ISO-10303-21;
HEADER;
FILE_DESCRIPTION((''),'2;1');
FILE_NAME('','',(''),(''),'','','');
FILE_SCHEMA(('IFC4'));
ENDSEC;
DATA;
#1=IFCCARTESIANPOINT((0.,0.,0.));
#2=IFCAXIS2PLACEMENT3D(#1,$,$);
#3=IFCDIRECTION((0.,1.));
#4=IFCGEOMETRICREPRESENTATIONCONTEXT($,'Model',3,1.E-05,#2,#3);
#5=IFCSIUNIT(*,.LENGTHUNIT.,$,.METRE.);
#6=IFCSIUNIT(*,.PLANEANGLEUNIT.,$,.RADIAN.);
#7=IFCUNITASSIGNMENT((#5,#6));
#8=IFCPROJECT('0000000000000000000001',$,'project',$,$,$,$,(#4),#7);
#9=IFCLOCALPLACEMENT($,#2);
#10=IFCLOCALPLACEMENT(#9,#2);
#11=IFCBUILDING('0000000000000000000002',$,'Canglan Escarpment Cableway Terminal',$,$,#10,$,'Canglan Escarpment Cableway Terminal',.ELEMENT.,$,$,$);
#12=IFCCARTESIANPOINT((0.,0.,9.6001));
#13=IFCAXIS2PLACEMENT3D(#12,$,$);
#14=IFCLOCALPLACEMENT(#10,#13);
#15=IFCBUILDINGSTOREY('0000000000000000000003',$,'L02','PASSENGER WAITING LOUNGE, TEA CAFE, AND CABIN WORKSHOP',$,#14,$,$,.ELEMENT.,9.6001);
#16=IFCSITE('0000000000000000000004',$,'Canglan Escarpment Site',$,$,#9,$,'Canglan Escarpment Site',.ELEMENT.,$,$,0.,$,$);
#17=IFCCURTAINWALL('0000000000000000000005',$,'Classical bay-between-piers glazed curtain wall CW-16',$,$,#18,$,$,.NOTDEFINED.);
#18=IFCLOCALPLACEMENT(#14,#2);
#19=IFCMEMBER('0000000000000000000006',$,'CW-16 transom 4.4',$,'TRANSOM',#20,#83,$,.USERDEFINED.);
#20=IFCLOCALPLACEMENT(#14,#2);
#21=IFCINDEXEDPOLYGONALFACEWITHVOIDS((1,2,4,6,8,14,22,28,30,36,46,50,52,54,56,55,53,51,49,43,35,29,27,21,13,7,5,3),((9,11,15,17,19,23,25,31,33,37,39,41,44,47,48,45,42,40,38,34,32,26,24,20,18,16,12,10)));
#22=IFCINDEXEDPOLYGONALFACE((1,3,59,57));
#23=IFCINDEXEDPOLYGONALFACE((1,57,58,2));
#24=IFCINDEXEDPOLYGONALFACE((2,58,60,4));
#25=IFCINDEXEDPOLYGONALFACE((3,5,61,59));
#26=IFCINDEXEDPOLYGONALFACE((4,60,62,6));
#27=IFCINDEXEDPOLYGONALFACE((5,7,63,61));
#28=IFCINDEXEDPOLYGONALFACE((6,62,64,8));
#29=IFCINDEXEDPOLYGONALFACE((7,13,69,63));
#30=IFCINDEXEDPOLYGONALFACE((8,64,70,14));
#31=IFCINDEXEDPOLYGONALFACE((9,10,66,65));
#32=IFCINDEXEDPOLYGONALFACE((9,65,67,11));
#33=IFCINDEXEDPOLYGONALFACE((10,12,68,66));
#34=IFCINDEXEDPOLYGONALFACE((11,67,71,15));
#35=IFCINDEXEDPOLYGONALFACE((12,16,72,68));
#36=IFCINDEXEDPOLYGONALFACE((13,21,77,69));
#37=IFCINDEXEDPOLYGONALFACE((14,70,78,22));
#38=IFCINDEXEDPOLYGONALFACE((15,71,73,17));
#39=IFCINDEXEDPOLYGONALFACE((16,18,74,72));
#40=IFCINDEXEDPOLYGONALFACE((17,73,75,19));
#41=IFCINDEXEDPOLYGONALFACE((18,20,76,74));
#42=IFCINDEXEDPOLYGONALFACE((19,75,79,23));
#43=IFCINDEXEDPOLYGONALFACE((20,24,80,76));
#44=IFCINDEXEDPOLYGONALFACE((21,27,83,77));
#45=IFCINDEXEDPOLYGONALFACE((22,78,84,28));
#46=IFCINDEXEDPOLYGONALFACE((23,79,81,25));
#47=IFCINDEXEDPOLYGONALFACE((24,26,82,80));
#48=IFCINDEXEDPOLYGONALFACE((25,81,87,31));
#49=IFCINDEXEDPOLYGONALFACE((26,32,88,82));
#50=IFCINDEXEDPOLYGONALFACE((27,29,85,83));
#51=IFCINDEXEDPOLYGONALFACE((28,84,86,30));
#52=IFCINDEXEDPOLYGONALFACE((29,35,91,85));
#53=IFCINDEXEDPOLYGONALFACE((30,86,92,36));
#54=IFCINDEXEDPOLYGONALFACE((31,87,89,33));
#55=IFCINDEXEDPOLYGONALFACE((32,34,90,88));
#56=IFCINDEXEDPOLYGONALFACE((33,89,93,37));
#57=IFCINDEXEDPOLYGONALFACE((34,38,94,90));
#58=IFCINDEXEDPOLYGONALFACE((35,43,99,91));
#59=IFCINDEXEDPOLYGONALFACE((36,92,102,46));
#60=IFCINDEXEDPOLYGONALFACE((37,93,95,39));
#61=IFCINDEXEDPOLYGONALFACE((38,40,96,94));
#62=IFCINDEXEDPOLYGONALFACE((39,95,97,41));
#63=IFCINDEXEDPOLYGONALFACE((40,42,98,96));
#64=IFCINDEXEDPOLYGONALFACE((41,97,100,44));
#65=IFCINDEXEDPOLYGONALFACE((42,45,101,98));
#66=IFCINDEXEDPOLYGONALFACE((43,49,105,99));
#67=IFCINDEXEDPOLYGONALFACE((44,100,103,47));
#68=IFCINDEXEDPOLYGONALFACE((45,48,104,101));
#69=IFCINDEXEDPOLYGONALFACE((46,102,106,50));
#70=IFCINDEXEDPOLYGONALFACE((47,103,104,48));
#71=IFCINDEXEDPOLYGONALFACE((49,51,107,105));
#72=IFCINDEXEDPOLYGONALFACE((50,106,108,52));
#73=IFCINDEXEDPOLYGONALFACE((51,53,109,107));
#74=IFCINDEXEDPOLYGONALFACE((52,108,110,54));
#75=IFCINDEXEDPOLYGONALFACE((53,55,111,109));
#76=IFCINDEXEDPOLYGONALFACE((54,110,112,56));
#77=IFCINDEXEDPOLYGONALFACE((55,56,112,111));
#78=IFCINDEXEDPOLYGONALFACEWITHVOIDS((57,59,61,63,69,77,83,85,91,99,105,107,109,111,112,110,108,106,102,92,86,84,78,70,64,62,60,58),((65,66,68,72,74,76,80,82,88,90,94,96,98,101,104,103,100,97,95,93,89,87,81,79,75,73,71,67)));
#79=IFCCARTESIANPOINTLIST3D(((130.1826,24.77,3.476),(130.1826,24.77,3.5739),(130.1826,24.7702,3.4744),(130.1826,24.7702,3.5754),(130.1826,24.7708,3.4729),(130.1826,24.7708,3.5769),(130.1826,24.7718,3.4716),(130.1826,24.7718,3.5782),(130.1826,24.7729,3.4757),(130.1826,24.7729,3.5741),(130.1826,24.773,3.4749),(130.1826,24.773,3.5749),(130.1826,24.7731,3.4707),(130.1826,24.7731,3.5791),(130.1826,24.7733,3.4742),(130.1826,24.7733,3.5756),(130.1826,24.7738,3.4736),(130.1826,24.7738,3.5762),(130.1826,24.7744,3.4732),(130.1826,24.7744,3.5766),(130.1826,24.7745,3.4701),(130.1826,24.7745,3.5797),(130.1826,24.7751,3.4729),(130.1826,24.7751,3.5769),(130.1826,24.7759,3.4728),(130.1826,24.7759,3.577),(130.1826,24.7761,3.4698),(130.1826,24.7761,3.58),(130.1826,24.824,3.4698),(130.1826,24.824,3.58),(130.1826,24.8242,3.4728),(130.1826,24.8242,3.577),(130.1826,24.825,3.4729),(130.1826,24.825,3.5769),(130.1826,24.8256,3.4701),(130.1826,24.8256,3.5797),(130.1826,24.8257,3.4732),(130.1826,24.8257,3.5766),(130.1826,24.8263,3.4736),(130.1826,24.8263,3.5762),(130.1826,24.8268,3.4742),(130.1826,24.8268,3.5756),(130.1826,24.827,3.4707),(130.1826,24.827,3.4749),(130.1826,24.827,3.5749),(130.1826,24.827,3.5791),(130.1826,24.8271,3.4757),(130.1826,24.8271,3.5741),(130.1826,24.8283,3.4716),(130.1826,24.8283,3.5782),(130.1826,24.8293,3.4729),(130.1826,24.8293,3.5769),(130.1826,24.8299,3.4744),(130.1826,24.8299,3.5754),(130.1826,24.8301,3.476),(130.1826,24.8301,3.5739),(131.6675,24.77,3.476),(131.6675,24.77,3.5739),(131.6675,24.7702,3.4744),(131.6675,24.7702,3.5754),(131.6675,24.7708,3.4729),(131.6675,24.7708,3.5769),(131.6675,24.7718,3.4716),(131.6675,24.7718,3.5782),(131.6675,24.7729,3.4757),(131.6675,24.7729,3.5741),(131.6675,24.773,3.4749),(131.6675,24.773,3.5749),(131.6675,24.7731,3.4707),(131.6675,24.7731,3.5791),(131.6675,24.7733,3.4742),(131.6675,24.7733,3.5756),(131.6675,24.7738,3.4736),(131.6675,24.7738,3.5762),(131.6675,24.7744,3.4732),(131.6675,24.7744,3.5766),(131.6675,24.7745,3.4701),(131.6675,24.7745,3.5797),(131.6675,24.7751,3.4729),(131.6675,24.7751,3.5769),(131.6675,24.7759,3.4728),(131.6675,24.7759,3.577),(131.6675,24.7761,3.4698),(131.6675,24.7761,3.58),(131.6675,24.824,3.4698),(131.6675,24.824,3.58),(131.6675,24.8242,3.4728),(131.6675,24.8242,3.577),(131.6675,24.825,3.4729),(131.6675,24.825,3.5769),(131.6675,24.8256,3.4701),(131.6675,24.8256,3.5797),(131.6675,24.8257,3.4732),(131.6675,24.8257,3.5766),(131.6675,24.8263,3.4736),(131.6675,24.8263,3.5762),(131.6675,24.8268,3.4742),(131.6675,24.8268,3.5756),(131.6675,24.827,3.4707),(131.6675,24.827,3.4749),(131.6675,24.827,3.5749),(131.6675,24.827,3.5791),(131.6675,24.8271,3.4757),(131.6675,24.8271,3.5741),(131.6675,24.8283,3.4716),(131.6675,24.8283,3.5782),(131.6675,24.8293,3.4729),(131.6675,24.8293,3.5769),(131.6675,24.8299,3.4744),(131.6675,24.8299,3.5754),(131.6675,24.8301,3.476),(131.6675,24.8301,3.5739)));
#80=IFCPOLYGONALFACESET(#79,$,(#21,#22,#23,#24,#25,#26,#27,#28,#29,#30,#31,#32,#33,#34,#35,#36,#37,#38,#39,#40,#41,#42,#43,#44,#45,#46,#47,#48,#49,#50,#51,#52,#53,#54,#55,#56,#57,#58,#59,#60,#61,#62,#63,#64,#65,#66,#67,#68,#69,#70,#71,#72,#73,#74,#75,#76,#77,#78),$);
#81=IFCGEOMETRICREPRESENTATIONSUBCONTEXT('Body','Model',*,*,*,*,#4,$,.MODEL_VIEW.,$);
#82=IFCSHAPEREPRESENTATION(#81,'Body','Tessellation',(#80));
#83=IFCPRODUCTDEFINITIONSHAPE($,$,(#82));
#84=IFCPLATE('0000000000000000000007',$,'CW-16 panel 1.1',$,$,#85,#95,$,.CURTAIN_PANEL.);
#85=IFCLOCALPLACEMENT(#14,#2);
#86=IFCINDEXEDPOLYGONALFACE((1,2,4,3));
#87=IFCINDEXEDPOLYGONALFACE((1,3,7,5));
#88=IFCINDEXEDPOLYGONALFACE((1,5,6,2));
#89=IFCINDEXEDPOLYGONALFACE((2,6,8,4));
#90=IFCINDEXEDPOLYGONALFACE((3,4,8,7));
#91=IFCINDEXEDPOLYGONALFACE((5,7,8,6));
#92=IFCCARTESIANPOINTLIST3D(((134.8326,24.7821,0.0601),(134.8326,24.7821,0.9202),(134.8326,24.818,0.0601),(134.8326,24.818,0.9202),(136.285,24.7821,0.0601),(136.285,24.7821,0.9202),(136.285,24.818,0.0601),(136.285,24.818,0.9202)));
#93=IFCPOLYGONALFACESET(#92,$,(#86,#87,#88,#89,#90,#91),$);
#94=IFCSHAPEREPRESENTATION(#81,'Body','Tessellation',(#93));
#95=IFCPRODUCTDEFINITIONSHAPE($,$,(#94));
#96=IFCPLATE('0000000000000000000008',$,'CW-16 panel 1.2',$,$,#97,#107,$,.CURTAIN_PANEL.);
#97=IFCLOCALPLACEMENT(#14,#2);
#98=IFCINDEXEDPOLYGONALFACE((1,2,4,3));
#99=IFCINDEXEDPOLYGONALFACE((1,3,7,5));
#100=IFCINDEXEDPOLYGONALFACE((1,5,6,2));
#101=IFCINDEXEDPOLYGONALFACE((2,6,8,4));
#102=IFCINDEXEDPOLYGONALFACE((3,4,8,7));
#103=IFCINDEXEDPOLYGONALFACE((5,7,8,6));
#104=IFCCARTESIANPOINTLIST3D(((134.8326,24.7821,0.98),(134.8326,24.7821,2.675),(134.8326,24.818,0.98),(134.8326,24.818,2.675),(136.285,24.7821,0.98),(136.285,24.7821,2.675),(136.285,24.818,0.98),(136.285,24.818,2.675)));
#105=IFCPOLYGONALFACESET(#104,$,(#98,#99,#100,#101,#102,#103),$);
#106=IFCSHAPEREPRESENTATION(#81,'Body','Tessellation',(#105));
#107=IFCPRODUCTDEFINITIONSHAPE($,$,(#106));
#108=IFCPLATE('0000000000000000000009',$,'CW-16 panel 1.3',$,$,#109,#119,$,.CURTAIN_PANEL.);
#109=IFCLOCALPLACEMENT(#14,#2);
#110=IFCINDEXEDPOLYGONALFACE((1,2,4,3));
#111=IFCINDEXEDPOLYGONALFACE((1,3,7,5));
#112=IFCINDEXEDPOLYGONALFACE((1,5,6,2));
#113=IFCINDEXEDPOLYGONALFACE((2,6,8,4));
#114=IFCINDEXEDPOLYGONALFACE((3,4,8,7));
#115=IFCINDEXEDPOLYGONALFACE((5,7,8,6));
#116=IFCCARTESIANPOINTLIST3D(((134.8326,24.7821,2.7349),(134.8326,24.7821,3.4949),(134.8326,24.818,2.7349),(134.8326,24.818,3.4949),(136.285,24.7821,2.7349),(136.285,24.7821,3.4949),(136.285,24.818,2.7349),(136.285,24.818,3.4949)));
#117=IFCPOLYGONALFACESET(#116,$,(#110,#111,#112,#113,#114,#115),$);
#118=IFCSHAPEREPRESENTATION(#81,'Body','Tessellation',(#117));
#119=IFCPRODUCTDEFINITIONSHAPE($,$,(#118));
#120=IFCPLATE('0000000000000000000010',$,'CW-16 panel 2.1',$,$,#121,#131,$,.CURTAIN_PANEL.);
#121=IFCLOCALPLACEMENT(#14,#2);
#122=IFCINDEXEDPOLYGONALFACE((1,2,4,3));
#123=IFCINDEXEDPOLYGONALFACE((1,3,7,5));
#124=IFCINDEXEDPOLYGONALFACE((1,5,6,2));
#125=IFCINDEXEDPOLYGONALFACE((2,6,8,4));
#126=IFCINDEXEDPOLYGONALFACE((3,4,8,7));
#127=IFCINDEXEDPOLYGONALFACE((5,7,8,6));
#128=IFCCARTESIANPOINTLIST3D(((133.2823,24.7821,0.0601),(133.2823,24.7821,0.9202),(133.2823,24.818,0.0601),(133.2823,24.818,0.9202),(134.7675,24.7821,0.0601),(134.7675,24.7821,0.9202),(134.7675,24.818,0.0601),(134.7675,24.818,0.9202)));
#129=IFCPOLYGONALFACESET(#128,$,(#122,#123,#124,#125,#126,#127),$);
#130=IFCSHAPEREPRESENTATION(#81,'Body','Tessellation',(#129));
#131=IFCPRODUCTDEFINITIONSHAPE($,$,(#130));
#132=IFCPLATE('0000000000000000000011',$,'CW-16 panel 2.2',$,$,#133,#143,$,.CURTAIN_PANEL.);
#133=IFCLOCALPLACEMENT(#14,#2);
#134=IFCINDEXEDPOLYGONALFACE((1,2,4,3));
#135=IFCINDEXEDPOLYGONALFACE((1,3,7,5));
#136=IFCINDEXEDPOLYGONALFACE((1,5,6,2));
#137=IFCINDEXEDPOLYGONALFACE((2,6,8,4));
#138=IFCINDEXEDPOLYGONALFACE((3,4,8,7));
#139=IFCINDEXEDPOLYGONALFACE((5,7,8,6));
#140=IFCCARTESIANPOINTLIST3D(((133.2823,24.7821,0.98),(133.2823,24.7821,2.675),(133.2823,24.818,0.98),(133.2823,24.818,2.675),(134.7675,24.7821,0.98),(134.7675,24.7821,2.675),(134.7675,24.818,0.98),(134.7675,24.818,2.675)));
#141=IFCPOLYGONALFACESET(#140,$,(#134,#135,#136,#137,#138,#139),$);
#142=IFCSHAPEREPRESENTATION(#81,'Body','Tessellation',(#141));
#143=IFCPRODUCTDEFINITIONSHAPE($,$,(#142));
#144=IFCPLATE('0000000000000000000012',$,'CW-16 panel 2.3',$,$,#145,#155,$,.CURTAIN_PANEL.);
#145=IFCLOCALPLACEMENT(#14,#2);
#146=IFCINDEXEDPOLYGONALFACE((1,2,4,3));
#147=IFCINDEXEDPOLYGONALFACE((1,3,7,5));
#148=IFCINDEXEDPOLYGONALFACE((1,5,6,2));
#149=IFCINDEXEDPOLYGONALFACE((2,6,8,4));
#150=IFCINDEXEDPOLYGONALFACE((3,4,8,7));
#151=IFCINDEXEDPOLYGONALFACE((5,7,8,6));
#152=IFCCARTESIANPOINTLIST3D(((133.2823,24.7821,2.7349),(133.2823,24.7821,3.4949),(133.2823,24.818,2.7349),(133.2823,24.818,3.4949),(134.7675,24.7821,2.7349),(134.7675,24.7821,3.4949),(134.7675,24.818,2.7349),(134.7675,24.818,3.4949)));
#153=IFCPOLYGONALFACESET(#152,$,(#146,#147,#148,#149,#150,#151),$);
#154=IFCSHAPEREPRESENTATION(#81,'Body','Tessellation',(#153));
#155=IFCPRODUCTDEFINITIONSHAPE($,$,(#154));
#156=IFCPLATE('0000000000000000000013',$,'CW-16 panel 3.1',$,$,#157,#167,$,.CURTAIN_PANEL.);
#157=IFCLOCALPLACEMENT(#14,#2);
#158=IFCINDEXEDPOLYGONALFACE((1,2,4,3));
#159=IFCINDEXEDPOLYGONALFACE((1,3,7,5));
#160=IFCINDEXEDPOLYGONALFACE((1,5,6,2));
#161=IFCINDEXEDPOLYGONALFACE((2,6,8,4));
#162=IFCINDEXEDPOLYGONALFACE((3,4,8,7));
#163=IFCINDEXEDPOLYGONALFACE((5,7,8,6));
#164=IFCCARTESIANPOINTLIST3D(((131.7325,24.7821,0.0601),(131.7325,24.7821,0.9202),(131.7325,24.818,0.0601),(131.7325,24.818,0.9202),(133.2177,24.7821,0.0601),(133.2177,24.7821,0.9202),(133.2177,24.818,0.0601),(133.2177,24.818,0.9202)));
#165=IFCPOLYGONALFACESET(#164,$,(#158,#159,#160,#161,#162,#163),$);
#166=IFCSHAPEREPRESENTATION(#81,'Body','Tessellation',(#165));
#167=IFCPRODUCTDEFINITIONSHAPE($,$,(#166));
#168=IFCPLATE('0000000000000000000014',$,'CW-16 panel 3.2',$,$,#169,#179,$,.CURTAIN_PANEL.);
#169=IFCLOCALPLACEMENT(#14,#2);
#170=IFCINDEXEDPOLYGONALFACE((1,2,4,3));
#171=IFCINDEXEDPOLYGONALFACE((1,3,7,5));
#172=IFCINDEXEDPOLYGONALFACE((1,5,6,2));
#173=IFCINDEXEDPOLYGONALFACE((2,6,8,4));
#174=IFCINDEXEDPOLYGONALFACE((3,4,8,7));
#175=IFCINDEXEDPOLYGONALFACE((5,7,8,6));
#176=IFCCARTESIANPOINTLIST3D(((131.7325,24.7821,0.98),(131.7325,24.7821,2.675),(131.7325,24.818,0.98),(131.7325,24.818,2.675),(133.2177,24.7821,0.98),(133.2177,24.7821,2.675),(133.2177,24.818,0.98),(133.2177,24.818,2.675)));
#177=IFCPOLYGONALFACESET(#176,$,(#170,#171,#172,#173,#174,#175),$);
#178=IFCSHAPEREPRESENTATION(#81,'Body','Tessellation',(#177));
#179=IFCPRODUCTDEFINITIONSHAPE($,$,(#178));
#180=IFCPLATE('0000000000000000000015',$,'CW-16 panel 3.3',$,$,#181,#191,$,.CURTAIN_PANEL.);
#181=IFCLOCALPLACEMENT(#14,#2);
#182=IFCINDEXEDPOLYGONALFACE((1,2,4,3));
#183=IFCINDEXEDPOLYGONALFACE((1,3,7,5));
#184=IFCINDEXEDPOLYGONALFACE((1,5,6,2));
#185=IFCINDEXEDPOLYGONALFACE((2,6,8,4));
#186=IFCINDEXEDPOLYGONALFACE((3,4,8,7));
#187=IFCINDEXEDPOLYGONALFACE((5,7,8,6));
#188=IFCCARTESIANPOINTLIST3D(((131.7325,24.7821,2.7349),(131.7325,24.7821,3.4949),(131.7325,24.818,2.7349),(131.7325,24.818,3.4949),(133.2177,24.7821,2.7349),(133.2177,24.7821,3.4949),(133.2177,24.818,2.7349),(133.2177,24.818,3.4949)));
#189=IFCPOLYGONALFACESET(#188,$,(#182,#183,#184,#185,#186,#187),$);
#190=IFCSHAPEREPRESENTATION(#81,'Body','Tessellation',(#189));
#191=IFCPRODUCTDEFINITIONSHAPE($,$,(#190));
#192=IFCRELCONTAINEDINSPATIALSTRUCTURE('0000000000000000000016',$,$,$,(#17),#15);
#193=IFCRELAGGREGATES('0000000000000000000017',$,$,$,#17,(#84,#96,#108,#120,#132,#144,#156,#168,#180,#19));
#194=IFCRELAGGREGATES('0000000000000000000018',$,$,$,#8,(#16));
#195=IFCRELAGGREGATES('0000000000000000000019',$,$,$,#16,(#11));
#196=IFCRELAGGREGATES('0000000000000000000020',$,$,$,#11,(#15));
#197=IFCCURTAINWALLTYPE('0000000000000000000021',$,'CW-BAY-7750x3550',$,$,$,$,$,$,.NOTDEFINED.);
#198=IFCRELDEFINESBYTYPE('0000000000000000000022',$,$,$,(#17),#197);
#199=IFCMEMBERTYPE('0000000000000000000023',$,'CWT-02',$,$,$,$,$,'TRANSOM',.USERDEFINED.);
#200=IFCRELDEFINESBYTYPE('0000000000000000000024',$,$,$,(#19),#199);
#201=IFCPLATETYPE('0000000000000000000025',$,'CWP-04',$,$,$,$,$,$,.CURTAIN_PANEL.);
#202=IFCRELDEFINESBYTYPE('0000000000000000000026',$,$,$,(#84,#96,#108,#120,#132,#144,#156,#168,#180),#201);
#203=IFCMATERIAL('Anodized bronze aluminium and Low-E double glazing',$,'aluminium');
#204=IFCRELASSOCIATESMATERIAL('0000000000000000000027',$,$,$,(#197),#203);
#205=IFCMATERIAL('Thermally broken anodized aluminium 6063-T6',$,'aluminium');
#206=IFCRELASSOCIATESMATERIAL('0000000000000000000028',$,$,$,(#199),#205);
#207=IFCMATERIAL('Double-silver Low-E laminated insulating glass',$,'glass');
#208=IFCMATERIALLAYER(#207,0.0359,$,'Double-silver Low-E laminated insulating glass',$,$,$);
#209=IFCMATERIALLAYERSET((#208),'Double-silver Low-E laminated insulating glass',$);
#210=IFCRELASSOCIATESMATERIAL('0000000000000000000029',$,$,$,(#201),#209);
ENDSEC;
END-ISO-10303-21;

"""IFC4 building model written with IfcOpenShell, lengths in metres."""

from ifc_helpers import new_model, si_unit, direction, frame, origin, origin_2d, place, context, subcontext, project, spatial, rectangle, hollow_rectangle, extrude, material, layer, layer_set, material_profile, profile_set, type_object, element, aggregate, save


model = new_model("IFC4")

# Units and contexts
model_context = context("Model", 3, precision=1e-05, world=origin(), true_north=direction((0.0, 1.0)))
body_context = subcontext(model_context, "Body", "Model", "MODEL_VIEW")
ifc_project = project(units=[si_unit("LENGTHUNIT", "METRE"), si_unit("PLANEANGLEUNIT", "RADIAN")], contexts=[model_context])

# Site, building, storey
site_placement = place(None, origin())
site = spatial("IfcSite", under=ifc_project, at=site_placement, Name="Canglan Escarpment Site", LongName="Canglan Escarpment Site", CompositionType="ELEMENT", RefElevation=0.0)
building_placement = place(site_placement, origin())
building = spatial("IfcBuilding", under=site, at=building_placement, Name="Canglan Escarpment Cableway Terminal", LongName="Canglan Escarpment Cableway Terminal", CompositionType="ELEMENT")
storey_placement = place(building_placement, frame((0.0, 0.0, 9.6001)))
storey = spatial("IfcBuildingStorey", under=building, at=storey_placement, Name="L02", Description="PASSENGER WAITING LOUNGE, TEA CAFE, AND CABIN WORKSHOP", CompositionType="ELEMENT", Elevation=9.6001)

# Curtain wall, member, plates
ifc_material_1 = material(Name="Anodized bronze aluminium and Low-E double glazing", Category="aluminium")
curtain_wall_type = type_object("IfcCurtainWallType", Name="CW-BAY-7750x3550", PredefinedType="NOTDEFINED", material=ifc_material_1)
curtain_wall_placement = place(storey_placement, origin())
curtain_wall = element("IfcCurtainWall", 1, at=curtain_wall_placement, inside=storey, type_object=curtain_wall_type, Name="Classical bay-between-piers glazed curtain wall CW-16", PredefinedType="NOTDEFINED")
ifc_material_2 = material(Name="Thermally broken anodized aluminium 6063-T6", Category="aluminium")
ifc_material_profile_1 = material_profile(ifc_material_2, hollow_rectangle(XDim=0.0601, YDim=0.1101, WallThickness=0.0029, InnerFilletRadius=0.0029, OuterFilletRadius=0.0061, at=origin_2d()), Name="ALU-TRAN 60x110x3")
ifc_profile_set_1 = profile_set([ifc_material_profile_1], Name="Thermally broken anodized aluminium 6063-T6")
member_type_1 = type_object("IfcMemberType", Name="CWT-02", ElementType="TRANSOM", PredefinedType="USERDEFINED", material=ifc_profile_set_1)
member_1_placement = place(storey_placement, frame((131.6675, 24.8, 3.5249), z_axis=(-1.0, 0.0, 0.0), x_axis=(0.0, -1.0, 0.0)))
member_1 = element("IfcMember", 2, at=member_1_placement, type_object=member_type_1, Name="CW-16 transom 4.4", ObjectType="TRANSOM", PredefinedType="USERDEFINED", context=body_context, shape_type="SweptSolid", body=[
    extrude(hollow_rectangle(XDim=0.0601, YDim=0.1101, WallThickness=0.0029, InnerFilletRadius=0.0029, OuterFilletRadius=0.0061, at=origin_2d()), origin(), (0.0, 0.0, 1.0), 1.4849),
])
ifc_material_3 = material(Name="Double-silver Low-E laminated insulating glass", Category="glass")
ifc_layer_1 = layer(ifc_material_3, 0.0359, Name="Double-silver Low-E laminated insulating glass")
ifc_layer_set_1 = layer_set([ifc_layer_1], Name="Double-silver Low-E laminated insulating glass")
plate_type = type_object("IfcPlateType", Name="CWP-04", PredefinedType="CURTAIN_PANEL", material=ifc_layer_set_1)
plate_1_placement = place(storey_placement, frame((135.5588, 24.8, 0.0601), z_axis=(0.0, 0.0, 1.0), x_axis=(-1.0, 0.0, 0.0)))
plate_1 = element("IfcPlate", 3, at=plate_1_placement, type_object=plate_type, Name="CW-16 panel 1.1", PredefinedType="CURTAIN_PANEL", context=body_context, shape_type="SweptSolid", body=[
    extrude(rectangle(XDim=1.4524, YDim=0.0359, at=origin_2d()), origin(), (0.0, 0.0, 1.0), 0.8601),
])
plate_2_placement = place(storey_placement, frame((135.5588, 24.8, 0.98), z_axis=(0.0, 0.0, 1.0), x_axis=(-1.0, 0.0, 0.0)))
plate_2 = element("IfcPlate", 4, at=plate_2_placement, type_object=plate_type, Name="CW-16 panel 1.2", PredefinedType="CURTAIN_PANEL", context=body_context, shape_type="SweptSolid", body=[
    extrude(rectangle(XDim=1.4524, YDim=0.0359, at=origin_2d()), origin(), (0.0, 0.0, 1.0), 1.6951),
])
plate_3_placement = place(storey_placement, frame((135.5588, 24.8, 2.7349), z_axis=(0.0, 0.0, 1.0), x_axis=(-1.0, 0.0, 0.0)))
plate_3 = element("IfcPlate", 5, at=plate_3_placement, type_object=plate_type, Name="CW-16 panel 1.3", PredefinedType="CURTAIN_PANEL", context=body_context, shape_type="SweptSolid", body=[
    extrude(rectangle(XDim=1.4524, YDim=0.0359, at=origin_2d()), origin(), (0.0, 0.0, 1.0), 0.76),
])
plate_4_placement = place(storey_placement, frame((134.0249, 24.8, 0.0601), z_axis=(0.0, 0.0, 1.0), x_axis=(-1.0, 0.0, 0.0)))
plate_4 = element("IfcPlate", 6, at=plate_4_placement, type_object=plate_type, Name="CW-16 panel 2.1", PredefinedType="CURTAIN_PANEL", context=body_context, shape_type="SweptSolid", body=[
    extrude(rectangle(XDim=1.4851, YDim=0.0359, at=origin_2d()), origin(), (0.0, 0.0, 1.0), 0.8601),
])
plate_5_placement = place(storey_placement, frame((134.0249, 24.8, 0.98), z_axis=(0.0, 0.0, 1.0), x_axis=(-1.0, 0.0, 0.0)))
plate_5 = element("IfcPlate", 7, at=plate_5_placement, type_object=plate_type, Name="CW-16 panel 2.2", PredefinedType="CURTAIN_PANEL", context=body_context, shape_type="SweptSolid", body=[
    extrude(rectangle(XDim=1.4851, YDim=0.0359, at=origin_2d()), origin(), (0.0, 0.0, 1.0), 1.6951),
])
plate_6_placement = place(storey_placement, frame((134.0249, 24.8, 2.7349), z_axis=(0.0, 0.0, 1.0), x_axis=(-1.0, 0.0, 0.0)))
plate_6 = element("IfcPlate", 8, at=plate_6_placement, type_object=plate_type, Name="CW-16 panel 2.3", PredefinedType="CURTAIN_PANEL", context=body_context, shape_type="SweptSolid", body=[
    extrude(rectangle(XDim=1.4851, YDim=0.0359, at=origin_2d()), origin(), (0.0, 0.0, 1.0), 0.76),
])
plate_7_placement = place(storey_placement, frame((132.4751, 24.8, 0.0601), z_axis=(0.0, 0.0, 1.0), x_axis=(-1.0, 0.0, 0.0)))
plate_7 = element("IfcPlate", 9, at=plate_7_placement, type_object=plate_type, Name="CW-16 panel 3.1", PredefinedType="CURTAIN_PANEL", context=body_context, shape_type="SweptSolid", body=[
    extrude(rectangle(XDim=1.4851, YDim=0.0359, at=origin_2d()), origin(), (0.0, 0.0, 1.0), 0.8601),
])
plate_8_placement = place(storey_placement, frame((132.4751, 24.8, 0.98), z_axis=(0.0, 0.0, 1.0), x_axis=(-1.0, 0.0, 0.0)))
plate_8 = element("IfcPlate", 10, at=plate_8_placement, type_object=plate_type, Name="CW-16 panel 3.2", PredefinedType="CURTAIN_PANEL", context=body_context, shape_type="SweptSolid", body=[
    extrude(rectangle(XDim=1.4851, YDim=0.0359, at=origin_2d()), origin(), (0.0, 0.0, 1.0), 1.6951),
])
plate_9_placement = place(storey_placement, frame((132.4751, 24.8, 2.7349), z_axis=(0.0, 0.0, 1.0), x_axis=(-1.0, 0.0, 0.0)))
plate_9 = element("IfcPlate", 11, at=plate_9_placement, type_object=plate_type, Name="CW-16 panel 3.3", PredefinedType="CURTAIN_PANEL", context=body_context, shape_type="SweptSolid", body=[
    extrude(rectangle(XDim=1.4851, YDim=0.0359, at=origin_2d()), origin(), (0.0, 0.0, 1.0), 0.76),
])
aggregate(curtain_wall, [plate_1, plate_2, plate_3, plate_4, plate_5, plate_6, plate_7, plate_8, plate_9, member_1])

save(model, "model.ifc")
